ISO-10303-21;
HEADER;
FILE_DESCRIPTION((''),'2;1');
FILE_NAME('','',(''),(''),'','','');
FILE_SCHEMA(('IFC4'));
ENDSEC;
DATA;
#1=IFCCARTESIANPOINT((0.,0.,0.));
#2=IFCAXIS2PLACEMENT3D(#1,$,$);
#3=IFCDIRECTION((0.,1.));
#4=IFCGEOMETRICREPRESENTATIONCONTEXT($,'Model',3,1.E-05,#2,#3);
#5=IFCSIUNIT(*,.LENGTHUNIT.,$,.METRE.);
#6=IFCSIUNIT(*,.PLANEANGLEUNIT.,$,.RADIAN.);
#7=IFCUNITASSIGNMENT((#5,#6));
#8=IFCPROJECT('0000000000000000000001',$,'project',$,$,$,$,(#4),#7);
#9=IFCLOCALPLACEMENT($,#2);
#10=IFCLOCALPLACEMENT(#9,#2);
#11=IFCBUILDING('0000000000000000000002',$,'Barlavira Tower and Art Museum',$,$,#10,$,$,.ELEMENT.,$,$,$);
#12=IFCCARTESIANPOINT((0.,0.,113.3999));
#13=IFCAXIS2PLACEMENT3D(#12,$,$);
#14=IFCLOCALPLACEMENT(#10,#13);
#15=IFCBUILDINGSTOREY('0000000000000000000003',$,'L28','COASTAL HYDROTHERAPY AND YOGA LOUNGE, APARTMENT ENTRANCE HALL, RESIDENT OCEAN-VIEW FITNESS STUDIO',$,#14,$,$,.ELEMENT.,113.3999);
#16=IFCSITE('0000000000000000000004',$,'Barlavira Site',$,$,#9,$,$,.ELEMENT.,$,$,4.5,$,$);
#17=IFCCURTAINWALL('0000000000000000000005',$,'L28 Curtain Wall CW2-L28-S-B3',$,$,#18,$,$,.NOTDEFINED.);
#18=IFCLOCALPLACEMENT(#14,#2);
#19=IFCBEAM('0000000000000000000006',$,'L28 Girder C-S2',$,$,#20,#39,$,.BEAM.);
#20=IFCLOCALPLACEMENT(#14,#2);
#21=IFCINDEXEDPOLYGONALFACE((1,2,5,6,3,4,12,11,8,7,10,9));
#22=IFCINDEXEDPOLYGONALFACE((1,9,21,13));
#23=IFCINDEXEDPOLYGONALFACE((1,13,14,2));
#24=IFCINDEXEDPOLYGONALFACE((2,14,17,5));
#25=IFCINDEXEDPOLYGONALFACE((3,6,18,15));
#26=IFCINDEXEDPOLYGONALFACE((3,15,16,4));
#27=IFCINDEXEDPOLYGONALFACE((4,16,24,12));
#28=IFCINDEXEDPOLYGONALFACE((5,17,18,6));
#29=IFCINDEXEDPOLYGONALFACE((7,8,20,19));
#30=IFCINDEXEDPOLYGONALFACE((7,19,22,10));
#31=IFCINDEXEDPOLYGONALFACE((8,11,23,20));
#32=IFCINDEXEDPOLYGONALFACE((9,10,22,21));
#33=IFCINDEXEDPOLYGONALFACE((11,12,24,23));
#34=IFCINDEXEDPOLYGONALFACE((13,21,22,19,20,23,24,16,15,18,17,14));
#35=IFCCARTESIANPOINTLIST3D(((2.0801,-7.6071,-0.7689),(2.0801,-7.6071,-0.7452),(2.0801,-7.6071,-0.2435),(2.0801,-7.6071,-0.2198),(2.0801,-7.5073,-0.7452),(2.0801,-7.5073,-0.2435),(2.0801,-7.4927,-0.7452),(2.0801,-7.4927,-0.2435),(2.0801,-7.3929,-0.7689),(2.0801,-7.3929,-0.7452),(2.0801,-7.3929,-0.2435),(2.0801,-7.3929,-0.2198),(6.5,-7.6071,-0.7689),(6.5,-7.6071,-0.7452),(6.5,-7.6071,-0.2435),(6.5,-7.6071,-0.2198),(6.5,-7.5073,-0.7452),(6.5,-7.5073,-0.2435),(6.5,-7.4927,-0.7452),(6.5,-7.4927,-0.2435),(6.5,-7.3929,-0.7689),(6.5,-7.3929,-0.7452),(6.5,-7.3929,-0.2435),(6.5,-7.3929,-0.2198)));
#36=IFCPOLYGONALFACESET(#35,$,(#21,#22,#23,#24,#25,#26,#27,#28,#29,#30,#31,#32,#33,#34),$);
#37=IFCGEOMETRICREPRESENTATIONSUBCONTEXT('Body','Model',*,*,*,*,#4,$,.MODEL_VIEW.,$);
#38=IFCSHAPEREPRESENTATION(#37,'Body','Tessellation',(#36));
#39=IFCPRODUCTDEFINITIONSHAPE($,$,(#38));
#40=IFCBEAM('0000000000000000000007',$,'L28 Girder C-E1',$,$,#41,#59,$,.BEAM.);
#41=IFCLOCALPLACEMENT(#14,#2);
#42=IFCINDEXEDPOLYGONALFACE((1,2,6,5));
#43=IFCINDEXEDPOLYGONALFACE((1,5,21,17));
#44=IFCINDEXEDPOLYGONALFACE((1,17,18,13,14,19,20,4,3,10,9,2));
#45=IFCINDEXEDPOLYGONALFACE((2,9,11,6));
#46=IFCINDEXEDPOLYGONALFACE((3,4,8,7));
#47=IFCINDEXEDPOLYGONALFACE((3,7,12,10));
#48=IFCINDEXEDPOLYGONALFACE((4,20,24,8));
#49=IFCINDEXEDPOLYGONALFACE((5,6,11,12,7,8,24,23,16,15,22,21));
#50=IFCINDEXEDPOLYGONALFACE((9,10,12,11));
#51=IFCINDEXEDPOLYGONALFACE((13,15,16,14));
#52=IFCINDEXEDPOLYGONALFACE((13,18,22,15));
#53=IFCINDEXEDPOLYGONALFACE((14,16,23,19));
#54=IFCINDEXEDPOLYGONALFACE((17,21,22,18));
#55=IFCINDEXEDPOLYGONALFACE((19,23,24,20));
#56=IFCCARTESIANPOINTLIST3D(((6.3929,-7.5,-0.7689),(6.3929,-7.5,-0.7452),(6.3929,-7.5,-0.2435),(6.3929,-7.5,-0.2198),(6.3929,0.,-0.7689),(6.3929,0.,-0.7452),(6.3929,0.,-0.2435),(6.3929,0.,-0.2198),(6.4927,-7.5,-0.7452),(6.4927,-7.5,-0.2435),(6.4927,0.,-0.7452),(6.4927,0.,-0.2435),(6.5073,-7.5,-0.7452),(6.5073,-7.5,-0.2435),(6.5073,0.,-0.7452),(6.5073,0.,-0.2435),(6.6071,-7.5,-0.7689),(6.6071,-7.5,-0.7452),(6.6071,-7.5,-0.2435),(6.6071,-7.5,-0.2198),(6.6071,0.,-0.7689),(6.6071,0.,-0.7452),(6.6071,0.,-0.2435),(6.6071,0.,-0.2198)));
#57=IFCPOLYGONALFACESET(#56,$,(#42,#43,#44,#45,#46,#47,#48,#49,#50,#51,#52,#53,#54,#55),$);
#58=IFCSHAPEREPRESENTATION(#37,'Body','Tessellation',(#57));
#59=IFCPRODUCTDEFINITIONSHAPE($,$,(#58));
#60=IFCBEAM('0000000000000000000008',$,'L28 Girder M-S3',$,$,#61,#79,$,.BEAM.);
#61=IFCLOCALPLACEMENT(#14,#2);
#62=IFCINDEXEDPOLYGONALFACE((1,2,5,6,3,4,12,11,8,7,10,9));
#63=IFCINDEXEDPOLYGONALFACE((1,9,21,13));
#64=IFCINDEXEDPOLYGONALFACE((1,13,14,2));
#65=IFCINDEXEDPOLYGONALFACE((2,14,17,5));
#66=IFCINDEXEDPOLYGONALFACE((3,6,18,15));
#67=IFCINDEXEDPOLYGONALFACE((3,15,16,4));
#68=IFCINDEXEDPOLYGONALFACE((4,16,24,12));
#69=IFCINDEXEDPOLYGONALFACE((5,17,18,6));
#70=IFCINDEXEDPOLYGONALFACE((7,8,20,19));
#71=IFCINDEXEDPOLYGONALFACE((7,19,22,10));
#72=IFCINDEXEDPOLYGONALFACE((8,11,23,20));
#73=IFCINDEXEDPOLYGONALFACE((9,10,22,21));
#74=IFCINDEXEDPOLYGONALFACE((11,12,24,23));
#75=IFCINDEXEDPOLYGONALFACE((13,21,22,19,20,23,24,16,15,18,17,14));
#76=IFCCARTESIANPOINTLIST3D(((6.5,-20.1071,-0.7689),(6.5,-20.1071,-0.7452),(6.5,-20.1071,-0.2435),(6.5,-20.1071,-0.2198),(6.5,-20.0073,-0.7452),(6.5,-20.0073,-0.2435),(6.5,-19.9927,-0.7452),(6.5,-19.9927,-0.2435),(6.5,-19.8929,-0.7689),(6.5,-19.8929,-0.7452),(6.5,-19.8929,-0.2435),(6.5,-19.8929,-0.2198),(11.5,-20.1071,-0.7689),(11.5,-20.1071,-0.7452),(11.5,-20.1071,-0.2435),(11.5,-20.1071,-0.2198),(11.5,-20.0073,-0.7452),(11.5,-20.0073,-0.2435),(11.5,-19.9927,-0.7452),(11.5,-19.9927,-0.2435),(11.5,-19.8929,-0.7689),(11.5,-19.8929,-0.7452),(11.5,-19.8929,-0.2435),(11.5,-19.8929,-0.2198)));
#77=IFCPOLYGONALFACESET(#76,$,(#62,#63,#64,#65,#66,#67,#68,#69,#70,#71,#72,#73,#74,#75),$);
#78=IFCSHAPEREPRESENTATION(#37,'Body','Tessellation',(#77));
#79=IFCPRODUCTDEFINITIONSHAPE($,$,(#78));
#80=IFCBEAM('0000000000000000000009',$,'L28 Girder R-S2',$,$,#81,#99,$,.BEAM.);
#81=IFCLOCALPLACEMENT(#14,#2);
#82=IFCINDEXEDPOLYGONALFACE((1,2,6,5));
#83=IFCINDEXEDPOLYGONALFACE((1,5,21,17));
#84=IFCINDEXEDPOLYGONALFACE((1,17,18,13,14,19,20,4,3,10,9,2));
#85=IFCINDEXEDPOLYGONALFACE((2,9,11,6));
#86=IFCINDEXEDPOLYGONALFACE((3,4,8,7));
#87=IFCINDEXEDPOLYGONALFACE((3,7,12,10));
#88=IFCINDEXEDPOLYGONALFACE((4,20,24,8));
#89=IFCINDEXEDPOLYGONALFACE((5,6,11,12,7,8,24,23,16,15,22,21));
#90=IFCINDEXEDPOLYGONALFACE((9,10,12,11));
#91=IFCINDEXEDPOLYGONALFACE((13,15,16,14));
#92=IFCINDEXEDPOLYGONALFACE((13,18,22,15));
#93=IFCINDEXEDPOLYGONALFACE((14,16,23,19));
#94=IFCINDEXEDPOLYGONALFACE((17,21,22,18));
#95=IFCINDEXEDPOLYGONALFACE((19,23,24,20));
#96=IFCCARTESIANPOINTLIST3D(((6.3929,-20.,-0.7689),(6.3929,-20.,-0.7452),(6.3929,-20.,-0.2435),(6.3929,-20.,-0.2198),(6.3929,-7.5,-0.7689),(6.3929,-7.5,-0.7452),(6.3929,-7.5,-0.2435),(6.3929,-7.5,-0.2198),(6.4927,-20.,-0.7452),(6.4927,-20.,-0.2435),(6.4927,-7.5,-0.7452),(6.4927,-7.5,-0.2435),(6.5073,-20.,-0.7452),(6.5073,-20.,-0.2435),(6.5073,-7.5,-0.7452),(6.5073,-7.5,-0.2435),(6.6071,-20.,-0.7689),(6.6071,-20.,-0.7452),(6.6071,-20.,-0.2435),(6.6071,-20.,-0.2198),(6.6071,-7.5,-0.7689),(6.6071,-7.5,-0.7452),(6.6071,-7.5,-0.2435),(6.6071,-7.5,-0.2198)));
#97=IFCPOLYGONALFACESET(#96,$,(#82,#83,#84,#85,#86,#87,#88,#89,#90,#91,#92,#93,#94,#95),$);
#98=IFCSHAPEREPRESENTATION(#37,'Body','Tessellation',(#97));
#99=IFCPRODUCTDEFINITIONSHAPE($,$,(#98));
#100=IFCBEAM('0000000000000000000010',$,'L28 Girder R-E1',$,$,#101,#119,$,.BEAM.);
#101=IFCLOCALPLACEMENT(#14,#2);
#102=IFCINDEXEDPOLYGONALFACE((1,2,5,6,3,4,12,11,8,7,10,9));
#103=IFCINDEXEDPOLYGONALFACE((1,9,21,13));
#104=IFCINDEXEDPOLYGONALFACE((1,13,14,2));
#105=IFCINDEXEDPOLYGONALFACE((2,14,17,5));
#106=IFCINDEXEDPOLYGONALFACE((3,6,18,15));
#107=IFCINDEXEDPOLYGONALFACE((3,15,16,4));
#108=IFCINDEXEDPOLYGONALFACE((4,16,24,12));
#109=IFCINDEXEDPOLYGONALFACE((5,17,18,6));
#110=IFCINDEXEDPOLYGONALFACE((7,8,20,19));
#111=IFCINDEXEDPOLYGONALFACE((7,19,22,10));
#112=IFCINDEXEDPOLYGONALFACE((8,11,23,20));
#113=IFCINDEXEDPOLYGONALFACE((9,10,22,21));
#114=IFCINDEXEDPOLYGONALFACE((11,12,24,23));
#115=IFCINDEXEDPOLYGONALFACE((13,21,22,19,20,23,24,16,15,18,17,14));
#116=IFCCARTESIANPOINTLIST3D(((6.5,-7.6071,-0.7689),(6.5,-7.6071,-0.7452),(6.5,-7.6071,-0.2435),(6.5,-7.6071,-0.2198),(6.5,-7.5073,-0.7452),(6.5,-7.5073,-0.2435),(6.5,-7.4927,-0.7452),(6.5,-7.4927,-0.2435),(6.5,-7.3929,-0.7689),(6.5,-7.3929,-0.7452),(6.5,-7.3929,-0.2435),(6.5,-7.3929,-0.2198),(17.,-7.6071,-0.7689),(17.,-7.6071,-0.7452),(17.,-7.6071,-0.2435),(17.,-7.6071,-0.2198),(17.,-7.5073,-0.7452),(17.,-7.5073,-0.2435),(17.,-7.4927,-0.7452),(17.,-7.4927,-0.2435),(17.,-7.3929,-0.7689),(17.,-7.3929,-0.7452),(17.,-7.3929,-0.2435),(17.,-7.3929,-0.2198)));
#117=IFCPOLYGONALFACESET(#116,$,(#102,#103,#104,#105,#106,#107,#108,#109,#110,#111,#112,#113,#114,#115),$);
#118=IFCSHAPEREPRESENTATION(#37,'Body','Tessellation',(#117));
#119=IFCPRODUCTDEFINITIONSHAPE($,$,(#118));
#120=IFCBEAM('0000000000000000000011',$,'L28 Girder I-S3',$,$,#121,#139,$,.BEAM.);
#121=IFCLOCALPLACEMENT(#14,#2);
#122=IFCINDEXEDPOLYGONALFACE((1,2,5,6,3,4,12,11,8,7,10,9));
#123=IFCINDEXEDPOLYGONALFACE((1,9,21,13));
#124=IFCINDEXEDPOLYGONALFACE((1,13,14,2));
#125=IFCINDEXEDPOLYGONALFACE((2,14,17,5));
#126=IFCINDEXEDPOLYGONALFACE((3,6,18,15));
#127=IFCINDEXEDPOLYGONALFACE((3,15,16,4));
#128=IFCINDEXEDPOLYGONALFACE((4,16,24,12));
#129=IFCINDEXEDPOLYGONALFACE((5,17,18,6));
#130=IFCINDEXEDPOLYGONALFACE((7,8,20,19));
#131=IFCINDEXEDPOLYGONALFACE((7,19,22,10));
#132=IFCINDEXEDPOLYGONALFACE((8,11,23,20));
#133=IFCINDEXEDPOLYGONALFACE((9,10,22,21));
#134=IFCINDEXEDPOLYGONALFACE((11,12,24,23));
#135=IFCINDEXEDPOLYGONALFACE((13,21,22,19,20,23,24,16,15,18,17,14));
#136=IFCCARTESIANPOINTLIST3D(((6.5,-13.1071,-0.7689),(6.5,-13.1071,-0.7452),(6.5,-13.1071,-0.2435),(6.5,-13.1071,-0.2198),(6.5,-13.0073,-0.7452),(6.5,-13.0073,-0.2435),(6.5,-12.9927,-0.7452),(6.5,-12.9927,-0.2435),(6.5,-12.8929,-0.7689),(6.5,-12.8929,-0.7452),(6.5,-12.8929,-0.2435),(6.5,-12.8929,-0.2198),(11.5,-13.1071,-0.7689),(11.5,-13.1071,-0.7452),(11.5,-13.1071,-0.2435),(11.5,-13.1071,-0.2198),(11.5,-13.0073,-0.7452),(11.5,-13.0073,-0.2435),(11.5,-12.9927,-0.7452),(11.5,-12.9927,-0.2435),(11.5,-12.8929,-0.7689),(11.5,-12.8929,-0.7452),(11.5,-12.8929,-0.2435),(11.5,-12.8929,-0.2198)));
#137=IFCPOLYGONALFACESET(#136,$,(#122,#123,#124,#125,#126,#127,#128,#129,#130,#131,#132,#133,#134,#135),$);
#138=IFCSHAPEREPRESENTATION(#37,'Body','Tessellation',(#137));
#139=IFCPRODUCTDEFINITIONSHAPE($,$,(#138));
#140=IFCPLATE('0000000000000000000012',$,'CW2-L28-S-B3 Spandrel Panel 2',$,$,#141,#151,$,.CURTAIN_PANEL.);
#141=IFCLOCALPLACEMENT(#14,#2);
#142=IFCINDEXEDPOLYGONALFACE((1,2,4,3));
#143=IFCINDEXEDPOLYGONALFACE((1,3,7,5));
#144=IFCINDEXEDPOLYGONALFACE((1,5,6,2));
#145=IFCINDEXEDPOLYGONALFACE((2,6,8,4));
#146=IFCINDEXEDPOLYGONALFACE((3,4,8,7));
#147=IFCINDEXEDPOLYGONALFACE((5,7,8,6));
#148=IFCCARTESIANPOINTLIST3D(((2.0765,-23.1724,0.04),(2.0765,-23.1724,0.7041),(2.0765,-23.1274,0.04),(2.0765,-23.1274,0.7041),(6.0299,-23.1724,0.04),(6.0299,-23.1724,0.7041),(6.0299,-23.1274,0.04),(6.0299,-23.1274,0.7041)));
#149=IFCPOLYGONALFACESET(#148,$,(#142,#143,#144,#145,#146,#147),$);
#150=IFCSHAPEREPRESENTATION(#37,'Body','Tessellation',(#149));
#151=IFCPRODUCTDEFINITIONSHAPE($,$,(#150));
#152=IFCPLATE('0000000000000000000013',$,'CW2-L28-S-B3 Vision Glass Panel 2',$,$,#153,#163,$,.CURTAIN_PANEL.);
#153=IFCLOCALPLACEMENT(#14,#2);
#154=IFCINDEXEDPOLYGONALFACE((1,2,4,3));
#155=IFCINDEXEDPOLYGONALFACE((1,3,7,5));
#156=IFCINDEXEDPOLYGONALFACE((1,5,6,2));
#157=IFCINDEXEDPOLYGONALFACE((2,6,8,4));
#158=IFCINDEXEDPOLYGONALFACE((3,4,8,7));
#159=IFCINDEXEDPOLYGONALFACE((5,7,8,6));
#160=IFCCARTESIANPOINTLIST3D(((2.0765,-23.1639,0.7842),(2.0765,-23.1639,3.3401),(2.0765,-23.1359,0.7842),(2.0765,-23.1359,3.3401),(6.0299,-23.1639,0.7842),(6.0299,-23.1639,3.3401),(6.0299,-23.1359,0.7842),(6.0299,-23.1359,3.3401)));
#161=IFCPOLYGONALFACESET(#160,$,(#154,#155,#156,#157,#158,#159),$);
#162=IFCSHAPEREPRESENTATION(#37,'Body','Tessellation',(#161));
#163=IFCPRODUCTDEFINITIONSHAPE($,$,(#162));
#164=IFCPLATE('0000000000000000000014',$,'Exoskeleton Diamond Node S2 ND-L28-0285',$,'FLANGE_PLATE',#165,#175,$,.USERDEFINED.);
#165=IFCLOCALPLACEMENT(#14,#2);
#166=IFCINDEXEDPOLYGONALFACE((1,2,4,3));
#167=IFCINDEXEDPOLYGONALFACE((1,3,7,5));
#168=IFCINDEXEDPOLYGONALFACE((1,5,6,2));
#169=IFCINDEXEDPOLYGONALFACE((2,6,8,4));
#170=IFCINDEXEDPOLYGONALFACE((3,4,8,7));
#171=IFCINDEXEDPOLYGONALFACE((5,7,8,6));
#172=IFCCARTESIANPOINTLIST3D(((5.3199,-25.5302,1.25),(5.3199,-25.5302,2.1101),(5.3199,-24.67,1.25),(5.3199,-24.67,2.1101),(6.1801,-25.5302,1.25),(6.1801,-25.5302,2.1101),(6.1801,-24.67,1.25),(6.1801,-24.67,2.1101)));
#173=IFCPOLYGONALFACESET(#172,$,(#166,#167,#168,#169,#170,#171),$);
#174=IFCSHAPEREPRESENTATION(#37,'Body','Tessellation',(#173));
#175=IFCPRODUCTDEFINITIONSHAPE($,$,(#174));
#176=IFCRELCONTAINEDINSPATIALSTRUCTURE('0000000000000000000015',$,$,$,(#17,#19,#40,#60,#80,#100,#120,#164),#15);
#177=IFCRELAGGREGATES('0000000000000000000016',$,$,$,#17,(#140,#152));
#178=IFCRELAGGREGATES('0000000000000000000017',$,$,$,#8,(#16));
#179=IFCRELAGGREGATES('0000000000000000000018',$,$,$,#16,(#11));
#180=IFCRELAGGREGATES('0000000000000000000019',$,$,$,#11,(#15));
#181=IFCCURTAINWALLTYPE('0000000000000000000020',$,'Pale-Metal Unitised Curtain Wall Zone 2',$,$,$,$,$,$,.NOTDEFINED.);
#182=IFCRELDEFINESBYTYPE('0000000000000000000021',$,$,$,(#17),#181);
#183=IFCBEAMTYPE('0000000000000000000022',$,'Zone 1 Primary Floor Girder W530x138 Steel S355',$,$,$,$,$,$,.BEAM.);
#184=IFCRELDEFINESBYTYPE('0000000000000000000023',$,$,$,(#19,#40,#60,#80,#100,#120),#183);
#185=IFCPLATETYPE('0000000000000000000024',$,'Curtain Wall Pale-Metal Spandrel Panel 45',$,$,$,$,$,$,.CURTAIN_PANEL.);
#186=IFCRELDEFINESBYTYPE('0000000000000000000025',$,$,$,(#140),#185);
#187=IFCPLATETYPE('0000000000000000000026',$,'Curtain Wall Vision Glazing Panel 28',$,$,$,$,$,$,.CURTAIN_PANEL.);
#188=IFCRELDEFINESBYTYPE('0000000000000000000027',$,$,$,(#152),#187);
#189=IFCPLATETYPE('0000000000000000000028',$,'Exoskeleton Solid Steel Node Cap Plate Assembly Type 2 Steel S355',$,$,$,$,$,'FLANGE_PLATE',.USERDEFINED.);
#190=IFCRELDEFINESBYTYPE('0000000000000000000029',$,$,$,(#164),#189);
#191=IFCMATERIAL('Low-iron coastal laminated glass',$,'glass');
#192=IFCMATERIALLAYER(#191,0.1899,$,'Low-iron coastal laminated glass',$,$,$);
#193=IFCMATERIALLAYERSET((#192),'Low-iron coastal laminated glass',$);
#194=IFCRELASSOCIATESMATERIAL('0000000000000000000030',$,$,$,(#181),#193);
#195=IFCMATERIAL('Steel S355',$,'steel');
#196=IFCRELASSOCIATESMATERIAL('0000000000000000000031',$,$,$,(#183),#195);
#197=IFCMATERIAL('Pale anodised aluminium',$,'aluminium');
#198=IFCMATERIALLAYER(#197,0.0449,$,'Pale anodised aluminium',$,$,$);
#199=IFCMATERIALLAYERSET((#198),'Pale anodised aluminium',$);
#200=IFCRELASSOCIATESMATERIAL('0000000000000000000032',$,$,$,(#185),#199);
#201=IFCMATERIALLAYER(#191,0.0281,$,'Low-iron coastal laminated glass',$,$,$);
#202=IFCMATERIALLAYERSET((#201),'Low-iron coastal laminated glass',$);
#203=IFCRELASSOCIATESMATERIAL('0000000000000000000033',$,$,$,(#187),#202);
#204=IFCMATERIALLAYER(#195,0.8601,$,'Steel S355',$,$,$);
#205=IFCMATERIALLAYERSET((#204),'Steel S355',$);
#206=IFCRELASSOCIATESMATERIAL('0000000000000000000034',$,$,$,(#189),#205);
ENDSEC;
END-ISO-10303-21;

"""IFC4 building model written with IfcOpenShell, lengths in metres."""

from ifc_helpers import new_model, si_unit, direction, frame, origin, origin_2d, place, context, subcontext, project, spatial, rectangle, i_section, extrude, material, layer, layer_set, material_profile, profile_set, type_object, element, aggregate, save


model = new_model("IFC4")

# Units and contexts
model_context = context("Model", 3, precision=1e-05, world=origin(), true_north=direction((0.0, 1.0)))
body_context = subcontext(model_context, "Body", "Model", "MODEL_VIEW")
ifc_project = project(units=[si_unit("LENGTHUNIT", "METRE"), si_unit("PLANEANGLEUNIT", "RADIAN")], contexts=[model_context])

# Site, building, storey
site_placement = place(None, origin())
site = spatial("IfcSite", under=ifc_project, at=site_placement, Name="Barlavira Site", CompositionType="ELEMENT", RefElevation=4.5)
building_placement = place(site_placement, origin())
building = spatial("IfcBuilding", under=site, at=building_placement, Name="Barlavira Tower and Art Museum", CompositionType="ELEMENT")
storey_placement = place(building_placement, frame((0.0, 0.0, 113.3999)))
storey = spatial("IfcBuildingStorey", under=building, at=storey_placement, Name="L28", Description="COASTAL HYDROTHERAPY AND YOGA LOUNGE, APARTMENT ENTRANCE HALL, RESIDENT OCEAN-VIEW FITNESS STUDIO", CompositionType="ELEMENT", Elevation=113.3999)

# Shared definitions
ifc_material_1 = material(Name="Steel S355", Category="steel")

# Curtain wall
ifc_material_2 = material(Name="Low-iron coastal laminated glass", Category="glass")
ifc_layer_1 = layer(ifc_material_2, 0.1899, Name="Low-iron coastal laminated glass")
ifc_layer_set_1 = layer_set([ifc_layer_1], Name="Low-iron coastal laminated glass")
curtain_wall_type = type_object("IfcCurtainWallType", Name="Pale-Metal Unitised Curtain Wall Zone 2", PredefinedType="NOTDEFINED", material=ifc_layer_set_1)
curtain_wall_placement = place(storey_placement, origin())
curtain_wall = element("IfcCurtainWall", 1, at=curtain_wall_placement, inside=storey, type_object=curtain_wall_type, Name="L28 Curtain Wall CW2-L28-S-B3", PredefinedType="NOTDEFINED")
ifc_material_3 = material(Name="Pale anodised aluminium", Category="aluminium")

# Beams
ifc_material_profile_1 = material_profile(ifc_material_1, i_section(OverallWidth=0.2141, OverallDepth=0.5491, WebThickness=0.0146, FlangeThickness=0.0237, at=origin_2d()), Name="W530x138.0")
ifc_profile_set_1 = profile_set([ifc_material_profile_1], Name="Steel S355")
beam_type_1 = type_object("IfcBeamType", Name="Zone 1 Primary Floor Girder W530x138 Steel S355", PredefinedType="BEAM", material=ifc_profile_set_1)
beam_1_placement = place(storey_placement, frame((2.0801, -7.5, -0.4944), z_axis=(1.0, 0.0, 0.0), x_axis=(0.0, 1.0, 0.0)))
element("IfcBeam", 2, at=beam_1_placement, inside=storey, type_object=beam_type_1, Name="L28 Girder C-S2", PredefinedType="BEAM", context=body_context, shape_type="SweptSolid", body=[
    extrude(i_section(OverallWidth=0.2141, OverallDepth=0.5491, WebThickness=0.0146, FlangeThickness=0.0237, at=origin_2d()), origin(), (0.0, 0.0, 1.0), 4.4199),
])
beam_2_placement = place(storey_placement, frame((6.5, -7.5, -0.4944), z_axis=(0.0, 1.0, 0.0), x_axis=(-1.0, 0.0, 0.0)))
element("IfcBeam", 3, at=beam_2_placement, inside=storey, type_object=beam_type_1, Name="L28 Girder C-E1", PredefinedType="BEAM", context=body_context, shape_type="SweptSolid", body=[
    extrude(i_section(OverallWidth=0.2141, OverallDepth=0.5491, WebThickness=0.0146, FlangeThickness=0.0237, at=origin_2d()), origin(), (0.0, 0.0, 1.0), 7.5),
])
beam_3_placement = place(storey_placement, frame((6.5, -20.0, -0.4944), z_axis=(1.0, 0.0, 0.0), x_axis=(0.0, 1.0, 0.0)))
element("IfcBeam", 4, at=beam_3_placement, inside=storey, type_object=beam_type_1, Name="L28 Girder M-S3", PredefinedType="BEAM", context=body_context, shape_type="SweptSolid", body=[
    extrude(i_section(OverallWidth=0.2141, OverallDepth=0.5491, WebThickness=0.0146, FlangeThickness=0.0237, at=origin_2d()), origin(), (0.0, 0.0, 1.0), 5.0),
])
beam_4_placement = place(storey_placement, frame((6.5, -20.0, -0.4944), z_axis=(0.0, 1.0, 0.0), x_axis=(-1.0, 0.0, 0.0)))
element("IfcBeam", 5, at=beam_4_placement, inside=storey, type_object=beam_type_1, Name="L28 Girder R-S2", PredefinedType="BEAM", context=body_context, shape_type="SweptSolid", body=[
    extrude(i_section(OverallWidth=0.2141, OverallDepth=0.5491, WebThickness=0.0146, FlangeThickness=0.0237, at=origin_2d()), origin(), (0.0, 0.0, 1.0), 12.5),
])
beam_5_placement = place(storey_placement, frame((6.5, -7.5, -0.4944), z_axis=(1.0, 0.0, 0.0), x_axis=(0.0, 1.0, 0.0)))
element("IfcBeam", 6, at=beam_5_placement, inside=storey, type_object=beam_type_1, Name="L28 Girder R-E1", PredefinedType="BEAM", context=body_context, shape_type="SweptSolid", body=[
    extrude(i_section(OverallWidth=0.2141, OverallDepth=0.5491, WebThickness=0.0146, FlangeThickness=0.0237, at=origin_2d()), origin(), (0.0, 0.0, 1.0), 10.5),
])
beam_6_placement = place(storey_placement, frame((6.5, -13.0, -0.4944), z_axis=(1.0, 0.0, 0.0), x_axis=(0.0, 1.0, 0.0)))
element("IfcBeam", 7, at=beam_6_placement, inside=storey, type_object=beam_type_1, Name="L28 Girder I-S3", PredefinedType="BEAM", context=body_context, shape_type="SweptSolid", body=[
    extrude(i_section(OverallWidth=0.2141, OverallDepth=0.5491, WebThickness=0.0146, FlangeThickness=0.0237, at=origin_2d()), origin(), (0.0, 0.0, 1.0), 5.0),
])

# Plates
ifc_layer_2 = layer(ifc_material_3, 0.0449, Name="Pale anodised aluminium")
ifc_layer_set_2 = layer_set([ifc_layer_2], Name="Pale anodised aluminium")
plate_type_1 = type_object("IfcPlateType", Name="Curtain Wall Pale-Metal Spandrel Panel 45", PredefinedType="CURTAIN_PANEL", material=ifc_layer_set_2)
plate_1_placement = place(storey_placement, frame((4.0532, -23.1499, 0.04), z_axis=(0.0, 0.0, 1.0), x_axis=(1.0, 0.0, 0.0)))
plate_1 = element("IfcPlate", 8, at=plate_1_placement, type_object=plate_type_1, Name="CW2-L28-S-B3 Spandrel Panel 2", PredefinedType="CURTAIN_PANEL", context=body_context, shape_type="SweptSolid", body=[
    extrude(rectangle(XDim=3.9534, YDim=0.0449, at=origin_2d()), origin(), (0.0, 0.0, 1.0), 0.6641),
])
ifc_layer_3 = layer(ifc_material_2, 0.0281, Name="Low-iron coastal laminated glass")
ifc_layer_set_3 = layer_set([ifc_layer_3], Name="Low-iron coastal laminated glass")
plate_type_2 = type_object("IfcPlateType", Name="Curtain Wall Vision Glazing Panel 28", PredefinedType="CURTAIN_PANEL", material=ifc_layer_set_3)
plate_2_placement = place(storey_placement, frame((4.0532, -23.1499, 0.7842), z_axis=(0.0, 0.0, 1.0), x_axis=(1.0, 0.0, 0.0)))
plate_2 = element("IfcPlate", 9, at=plate_2_placement, type_object=plate_type_2, Name="CW2-L28-S-B3 Vision Glass Panel 2", PredefinedType="CURTAIN_PANEL", context=body_context, shape_type="SweptSolid", body=[
    extrude(rectangle(XDim=3.9534, YDim=0.0281, at=origin_2d()), origin(), (0.0, 0.0, 1.0), 2.5559),
])
aggregate(curtain_wall, [plate_1, plate_2])
ifc_layer_4 = layer(ifc_material_1, 0.8601, Name="Steel S355")
ifc_layer_set_4 = layer_set([ifc_layer_4], Name="Steel S355")
plate_type_3 = type_object("IfcPlateType", Name="Exoskeleton Solid Steel Node Cap Plate Assembly Type 2 Steel S355", ElementType="FLANGE_PLATE", PredefinedType="USERDEFINED", material=ifc_layer_set_4)
plate_3_placement = place(storey_placement, frame((5.75, -25.1001, 1.25), z_axis=(0.0, 0.0, 1.0), x_axis=(1.0, 0.0, 0.0)))
element("IfcPlate", 10, at=plate_3_placement, inside=storey, type_object=plate_type_3, Name="Exoskeleton Diamond Node S2 ND-L28-0285", ObjectType="FLANGE_PLATE", PredefinedType="USERDEFINED", context=body_context, shape_type="SweptSolid", body=[
    extrude(rectangle(XDim=0.8601, YDim=0.8601, at=origin_2d()), origin(), (0.0, 0.0, 1.0), 0.8601),
])

save(model, "model.ifc")
